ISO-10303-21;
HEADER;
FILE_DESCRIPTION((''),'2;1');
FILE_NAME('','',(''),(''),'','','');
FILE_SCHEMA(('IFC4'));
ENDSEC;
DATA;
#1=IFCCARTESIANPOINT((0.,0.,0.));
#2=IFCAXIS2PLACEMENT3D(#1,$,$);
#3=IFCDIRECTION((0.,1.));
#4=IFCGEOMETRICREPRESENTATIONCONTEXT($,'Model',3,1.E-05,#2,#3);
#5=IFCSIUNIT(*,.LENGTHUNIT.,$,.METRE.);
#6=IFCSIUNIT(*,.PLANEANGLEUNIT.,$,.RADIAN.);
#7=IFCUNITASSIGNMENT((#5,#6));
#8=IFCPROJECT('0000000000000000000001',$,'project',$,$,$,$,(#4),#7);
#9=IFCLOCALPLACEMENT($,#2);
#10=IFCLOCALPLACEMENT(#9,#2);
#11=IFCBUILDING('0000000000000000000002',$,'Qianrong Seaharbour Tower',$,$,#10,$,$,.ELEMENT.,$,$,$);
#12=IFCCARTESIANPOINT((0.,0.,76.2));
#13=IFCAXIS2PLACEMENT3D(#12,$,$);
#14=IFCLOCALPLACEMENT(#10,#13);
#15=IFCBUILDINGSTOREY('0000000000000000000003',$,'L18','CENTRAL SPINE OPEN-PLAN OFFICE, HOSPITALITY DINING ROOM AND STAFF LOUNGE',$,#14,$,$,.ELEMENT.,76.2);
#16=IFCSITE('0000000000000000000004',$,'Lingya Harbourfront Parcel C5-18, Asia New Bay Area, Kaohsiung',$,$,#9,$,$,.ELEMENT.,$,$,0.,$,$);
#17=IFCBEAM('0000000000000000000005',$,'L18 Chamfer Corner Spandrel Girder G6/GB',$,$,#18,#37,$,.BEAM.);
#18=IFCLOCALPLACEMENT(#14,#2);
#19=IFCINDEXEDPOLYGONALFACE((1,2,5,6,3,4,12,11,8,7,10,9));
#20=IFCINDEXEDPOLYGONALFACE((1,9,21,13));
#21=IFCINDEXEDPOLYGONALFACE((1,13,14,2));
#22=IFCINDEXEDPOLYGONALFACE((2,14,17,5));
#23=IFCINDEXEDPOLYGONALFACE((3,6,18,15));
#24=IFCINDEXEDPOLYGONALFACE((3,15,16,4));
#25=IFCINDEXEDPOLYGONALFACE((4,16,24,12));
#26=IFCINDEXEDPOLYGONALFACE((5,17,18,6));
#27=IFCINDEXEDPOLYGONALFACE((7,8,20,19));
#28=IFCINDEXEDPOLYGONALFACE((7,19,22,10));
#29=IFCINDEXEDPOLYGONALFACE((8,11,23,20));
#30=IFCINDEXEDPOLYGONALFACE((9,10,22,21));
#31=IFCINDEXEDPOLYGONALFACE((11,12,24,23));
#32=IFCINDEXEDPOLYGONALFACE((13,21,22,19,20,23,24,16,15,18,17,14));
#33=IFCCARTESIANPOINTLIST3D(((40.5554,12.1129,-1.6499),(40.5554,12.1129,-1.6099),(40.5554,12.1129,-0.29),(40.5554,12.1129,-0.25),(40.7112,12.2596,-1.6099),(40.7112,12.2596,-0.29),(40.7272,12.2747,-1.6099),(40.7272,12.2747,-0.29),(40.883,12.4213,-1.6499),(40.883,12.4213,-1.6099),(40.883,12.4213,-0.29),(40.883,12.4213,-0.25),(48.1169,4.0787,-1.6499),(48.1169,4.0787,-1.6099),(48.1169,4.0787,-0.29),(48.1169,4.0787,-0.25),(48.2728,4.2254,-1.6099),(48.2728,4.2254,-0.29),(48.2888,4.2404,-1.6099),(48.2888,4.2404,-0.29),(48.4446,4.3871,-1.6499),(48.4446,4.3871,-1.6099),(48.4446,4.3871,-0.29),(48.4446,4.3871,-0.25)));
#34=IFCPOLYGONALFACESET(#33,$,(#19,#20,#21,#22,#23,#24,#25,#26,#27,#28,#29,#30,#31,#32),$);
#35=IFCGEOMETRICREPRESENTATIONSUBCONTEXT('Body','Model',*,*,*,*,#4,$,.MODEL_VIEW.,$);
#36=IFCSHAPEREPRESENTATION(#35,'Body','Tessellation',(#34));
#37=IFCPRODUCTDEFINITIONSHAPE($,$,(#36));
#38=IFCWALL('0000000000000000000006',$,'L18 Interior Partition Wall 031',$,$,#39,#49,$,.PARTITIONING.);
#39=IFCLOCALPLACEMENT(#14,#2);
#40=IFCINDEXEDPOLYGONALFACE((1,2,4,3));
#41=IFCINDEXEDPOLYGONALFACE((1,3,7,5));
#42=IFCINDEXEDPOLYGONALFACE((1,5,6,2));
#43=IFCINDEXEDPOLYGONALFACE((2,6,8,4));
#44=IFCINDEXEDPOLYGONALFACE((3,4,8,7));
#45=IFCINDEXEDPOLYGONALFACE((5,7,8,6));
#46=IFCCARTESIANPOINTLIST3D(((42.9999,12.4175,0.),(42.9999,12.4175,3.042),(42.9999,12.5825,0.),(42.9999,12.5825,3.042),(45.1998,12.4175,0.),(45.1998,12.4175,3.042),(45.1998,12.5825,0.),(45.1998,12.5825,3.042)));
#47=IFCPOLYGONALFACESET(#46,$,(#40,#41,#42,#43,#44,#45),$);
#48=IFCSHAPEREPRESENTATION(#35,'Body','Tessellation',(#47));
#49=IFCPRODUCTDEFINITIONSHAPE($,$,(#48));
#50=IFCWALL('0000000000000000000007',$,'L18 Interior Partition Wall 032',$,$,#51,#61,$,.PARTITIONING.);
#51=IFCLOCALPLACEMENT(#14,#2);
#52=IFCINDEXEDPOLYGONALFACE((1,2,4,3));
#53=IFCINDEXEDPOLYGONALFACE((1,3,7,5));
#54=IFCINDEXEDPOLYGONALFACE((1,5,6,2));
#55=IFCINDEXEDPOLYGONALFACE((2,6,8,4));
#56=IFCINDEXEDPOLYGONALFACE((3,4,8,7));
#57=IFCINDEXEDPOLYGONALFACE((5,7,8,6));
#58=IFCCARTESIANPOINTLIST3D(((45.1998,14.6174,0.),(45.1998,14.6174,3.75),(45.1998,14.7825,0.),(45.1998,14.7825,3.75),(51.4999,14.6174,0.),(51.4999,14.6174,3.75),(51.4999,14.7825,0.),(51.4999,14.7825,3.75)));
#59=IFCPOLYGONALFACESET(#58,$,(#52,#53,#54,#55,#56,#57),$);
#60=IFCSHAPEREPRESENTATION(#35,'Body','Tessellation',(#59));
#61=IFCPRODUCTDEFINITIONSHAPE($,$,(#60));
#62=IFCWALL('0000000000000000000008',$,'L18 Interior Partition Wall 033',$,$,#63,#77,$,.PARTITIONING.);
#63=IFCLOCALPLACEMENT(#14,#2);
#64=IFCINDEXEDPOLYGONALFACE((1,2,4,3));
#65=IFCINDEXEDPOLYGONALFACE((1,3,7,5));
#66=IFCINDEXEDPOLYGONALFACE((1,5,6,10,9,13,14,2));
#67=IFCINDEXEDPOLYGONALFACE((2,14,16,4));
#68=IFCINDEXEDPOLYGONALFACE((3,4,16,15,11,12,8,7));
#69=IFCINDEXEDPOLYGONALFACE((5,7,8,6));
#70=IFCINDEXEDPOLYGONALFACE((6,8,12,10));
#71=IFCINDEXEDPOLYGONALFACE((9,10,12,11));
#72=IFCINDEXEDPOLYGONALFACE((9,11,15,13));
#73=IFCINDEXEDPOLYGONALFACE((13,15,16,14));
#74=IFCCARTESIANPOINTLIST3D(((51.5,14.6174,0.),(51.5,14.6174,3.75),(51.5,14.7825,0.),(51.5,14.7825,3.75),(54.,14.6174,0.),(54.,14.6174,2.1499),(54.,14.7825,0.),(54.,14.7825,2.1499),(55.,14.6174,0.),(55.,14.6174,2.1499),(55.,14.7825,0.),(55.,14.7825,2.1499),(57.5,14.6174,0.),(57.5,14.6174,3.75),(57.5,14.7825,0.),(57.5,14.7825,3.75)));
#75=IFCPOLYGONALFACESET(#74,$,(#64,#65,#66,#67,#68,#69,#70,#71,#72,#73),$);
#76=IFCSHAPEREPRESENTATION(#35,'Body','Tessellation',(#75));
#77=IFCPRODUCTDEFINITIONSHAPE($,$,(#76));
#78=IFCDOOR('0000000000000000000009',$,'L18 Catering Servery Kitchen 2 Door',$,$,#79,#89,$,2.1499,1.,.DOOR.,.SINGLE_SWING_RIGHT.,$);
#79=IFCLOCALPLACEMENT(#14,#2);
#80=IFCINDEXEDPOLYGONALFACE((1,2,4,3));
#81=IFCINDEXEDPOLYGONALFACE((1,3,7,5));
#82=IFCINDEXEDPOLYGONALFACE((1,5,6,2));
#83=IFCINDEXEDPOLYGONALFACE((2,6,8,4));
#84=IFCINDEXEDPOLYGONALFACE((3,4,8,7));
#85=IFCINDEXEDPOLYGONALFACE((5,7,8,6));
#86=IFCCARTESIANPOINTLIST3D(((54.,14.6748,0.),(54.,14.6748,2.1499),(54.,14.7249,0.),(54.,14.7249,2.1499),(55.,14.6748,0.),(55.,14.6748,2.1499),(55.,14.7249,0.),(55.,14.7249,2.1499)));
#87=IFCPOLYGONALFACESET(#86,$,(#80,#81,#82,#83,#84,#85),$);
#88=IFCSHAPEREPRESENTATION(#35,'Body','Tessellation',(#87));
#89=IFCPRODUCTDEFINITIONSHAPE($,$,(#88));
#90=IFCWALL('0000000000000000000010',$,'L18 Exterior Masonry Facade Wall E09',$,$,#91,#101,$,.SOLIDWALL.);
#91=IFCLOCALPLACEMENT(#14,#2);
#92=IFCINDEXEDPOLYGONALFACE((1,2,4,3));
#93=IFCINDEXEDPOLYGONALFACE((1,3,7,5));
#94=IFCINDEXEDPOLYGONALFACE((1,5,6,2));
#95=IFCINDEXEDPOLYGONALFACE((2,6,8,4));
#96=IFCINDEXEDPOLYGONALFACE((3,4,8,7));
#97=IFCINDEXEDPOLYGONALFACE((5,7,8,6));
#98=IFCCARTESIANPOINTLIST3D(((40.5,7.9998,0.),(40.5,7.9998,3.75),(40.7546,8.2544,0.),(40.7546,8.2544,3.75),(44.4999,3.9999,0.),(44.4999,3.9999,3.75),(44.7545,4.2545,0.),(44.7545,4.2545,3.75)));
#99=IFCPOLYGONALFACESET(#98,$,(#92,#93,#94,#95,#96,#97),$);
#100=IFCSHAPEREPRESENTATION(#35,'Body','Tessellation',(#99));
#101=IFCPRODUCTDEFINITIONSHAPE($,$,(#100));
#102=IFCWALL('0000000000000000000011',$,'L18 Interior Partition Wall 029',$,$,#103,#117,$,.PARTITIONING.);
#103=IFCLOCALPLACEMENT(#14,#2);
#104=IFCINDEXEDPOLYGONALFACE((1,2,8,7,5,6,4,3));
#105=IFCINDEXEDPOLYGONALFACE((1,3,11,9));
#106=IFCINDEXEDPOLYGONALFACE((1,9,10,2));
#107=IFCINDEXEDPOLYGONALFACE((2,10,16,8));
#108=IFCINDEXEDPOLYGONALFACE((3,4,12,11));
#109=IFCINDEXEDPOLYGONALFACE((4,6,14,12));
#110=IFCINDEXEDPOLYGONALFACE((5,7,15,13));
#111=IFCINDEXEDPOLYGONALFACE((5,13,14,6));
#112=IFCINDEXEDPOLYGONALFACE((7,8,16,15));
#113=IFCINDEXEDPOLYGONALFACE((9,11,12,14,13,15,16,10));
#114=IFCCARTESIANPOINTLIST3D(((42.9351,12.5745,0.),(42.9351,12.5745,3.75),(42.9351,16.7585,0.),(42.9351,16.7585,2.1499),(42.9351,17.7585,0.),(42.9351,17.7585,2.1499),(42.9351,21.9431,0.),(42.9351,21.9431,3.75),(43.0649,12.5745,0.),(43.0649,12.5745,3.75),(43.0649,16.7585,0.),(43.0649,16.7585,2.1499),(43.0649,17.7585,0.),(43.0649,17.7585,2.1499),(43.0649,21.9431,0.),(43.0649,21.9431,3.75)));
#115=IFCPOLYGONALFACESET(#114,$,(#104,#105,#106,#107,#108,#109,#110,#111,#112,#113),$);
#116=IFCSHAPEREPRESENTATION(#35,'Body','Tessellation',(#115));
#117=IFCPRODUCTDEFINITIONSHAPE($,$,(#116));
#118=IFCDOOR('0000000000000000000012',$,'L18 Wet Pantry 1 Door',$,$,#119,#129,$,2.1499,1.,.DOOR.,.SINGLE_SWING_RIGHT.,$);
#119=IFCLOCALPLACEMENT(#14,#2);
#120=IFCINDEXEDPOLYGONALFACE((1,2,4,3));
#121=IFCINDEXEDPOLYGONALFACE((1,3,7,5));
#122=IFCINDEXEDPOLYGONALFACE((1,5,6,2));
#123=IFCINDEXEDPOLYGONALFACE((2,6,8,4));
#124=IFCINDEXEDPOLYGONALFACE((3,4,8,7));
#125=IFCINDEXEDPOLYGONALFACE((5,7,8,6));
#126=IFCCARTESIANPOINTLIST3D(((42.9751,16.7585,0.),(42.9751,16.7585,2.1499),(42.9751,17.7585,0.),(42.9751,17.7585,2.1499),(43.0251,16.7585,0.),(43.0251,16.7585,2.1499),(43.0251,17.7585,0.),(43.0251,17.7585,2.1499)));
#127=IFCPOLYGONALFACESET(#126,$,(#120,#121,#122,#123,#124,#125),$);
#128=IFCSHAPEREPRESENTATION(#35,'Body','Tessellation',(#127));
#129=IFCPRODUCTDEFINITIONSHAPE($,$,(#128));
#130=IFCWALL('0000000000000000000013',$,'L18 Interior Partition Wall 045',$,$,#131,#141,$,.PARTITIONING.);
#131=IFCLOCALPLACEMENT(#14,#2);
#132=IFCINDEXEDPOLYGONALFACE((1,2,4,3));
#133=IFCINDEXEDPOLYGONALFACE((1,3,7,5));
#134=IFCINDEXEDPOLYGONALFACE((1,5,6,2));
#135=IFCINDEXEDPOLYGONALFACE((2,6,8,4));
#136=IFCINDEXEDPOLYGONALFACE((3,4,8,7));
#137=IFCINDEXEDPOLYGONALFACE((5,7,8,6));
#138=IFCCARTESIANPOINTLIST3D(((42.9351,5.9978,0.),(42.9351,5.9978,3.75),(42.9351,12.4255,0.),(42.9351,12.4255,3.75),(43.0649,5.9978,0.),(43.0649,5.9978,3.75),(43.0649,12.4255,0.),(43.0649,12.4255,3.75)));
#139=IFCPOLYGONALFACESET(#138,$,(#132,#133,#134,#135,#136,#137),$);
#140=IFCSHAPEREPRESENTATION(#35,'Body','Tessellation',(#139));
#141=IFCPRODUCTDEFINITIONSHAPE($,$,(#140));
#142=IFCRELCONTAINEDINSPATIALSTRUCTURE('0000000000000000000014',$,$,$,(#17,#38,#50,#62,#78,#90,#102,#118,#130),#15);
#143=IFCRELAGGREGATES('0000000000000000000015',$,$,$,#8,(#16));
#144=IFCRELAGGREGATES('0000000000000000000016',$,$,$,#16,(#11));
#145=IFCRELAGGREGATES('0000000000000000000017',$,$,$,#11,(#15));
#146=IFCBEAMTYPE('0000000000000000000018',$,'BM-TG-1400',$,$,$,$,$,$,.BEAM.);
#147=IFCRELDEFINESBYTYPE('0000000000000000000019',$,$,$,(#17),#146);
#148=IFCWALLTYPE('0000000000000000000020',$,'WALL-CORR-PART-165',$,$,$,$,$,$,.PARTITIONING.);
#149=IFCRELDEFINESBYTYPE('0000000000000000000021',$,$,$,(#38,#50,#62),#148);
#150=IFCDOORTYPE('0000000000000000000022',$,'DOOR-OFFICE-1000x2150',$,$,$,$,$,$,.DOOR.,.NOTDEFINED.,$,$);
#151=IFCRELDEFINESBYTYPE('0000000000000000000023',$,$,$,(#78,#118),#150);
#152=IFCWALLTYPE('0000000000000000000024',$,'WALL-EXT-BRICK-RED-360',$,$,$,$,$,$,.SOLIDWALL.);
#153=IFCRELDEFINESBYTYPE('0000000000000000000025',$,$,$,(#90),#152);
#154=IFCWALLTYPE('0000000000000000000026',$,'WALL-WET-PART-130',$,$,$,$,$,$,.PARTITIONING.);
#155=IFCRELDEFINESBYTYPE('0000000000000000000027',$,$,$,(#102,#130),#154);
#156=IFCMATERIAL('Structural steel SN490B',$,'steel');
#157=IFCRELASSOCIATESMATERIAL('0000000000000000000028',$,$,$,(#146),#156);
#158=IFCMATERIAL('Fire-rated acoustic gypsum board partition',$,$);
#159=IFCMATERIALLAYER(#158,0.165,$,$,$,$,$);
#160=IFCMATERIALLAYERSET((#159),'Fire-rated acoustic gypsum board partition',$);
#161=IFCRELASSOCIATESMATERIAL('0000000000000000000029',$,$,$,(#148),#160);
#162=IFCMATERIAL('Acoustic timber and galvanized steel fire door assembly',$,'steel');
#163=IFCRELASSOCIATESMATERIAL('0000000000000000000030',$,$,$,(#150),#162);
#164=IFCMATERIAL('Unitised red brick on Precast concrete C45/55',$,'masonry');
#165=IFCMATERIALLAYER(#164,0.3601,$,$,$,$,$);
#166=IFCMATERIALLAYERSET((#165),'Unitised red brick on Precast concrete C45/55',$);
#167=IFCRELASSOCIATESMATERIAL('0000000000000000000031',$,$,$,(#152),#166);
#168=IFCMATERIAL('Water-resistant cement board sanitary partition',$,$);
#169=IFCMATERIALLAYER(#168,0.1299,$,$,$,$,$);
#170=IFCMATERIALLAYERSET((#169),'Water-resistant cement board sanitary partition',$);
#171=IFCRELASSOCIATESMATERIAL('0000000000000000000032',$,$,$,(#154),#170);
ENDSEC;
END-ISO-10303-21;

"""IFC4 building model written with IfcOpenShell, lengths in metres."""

from ifc_helpers import new_model, si_unit, direction, frame, frame_2d, origin, origin_2d, place, context, subcontext, project, spatial, rectangle, i_section, extrude, material, layer, layer_set, material_profile, profile_set, type_object, element, fill, save


model = new_model("IFC4")

# Units and contexts
model_context = context("Model", 3, precision=1e-05, world=origin(), true_north=direction((0.0, 1.0)))
body_context = subcontext(model_context, "Body", "Model", "MODEL_VIEW")
ifc_project = project(units=[si_unit("LENGTHUNIT", "METRE"), si_unit("PLANEANGLEUNIT", "RADIAN")], contexts=[model_context])

# Site, building, storey
site_placement = place(None, origin())
site = spatial("IfcSite", under=ifc_project, at=site_placement, Name="Lingya Harbourfront Parcel C5-18, Asia New Bay Area, Kaohsiung", CompositionType="ELEMENT", RefElevation=0.0)
building_placement = place(site_placement, origin())
building = spatial("IfcBuilding", under=site, at=building_placement, Name="Qianrong Seaharbour Tower", CompositionType="ELEMENT")
storey_placement = place(building_placement, frame((0.0, 0.0, 76.2)))
storey = spatial("IfcBuildingStorey", under=building, at=storey_placement, Name="L18", Description="CENTRAL SPINE OPEN-PLAN OFFICE, HOSPITALITY DINING ROOM AND STAFF LOUNGE", CompositionType="ELEMENT", Elevation=76.2)

# Shared definitions
ifc_material_1 = material(Name="Structural steel SN490B", Category="steel")

# Beam
ifc_material_profile_1 = material_profile(ifc_material_1, i_section(OverallWidth=0.45, OverallDepth=1.3999, WebThickness=0.022, FlangeThickness=0.04, at=origin_2d()), Name="BH1400x450x22x40")
ifc_profile_set_1 = profile_set([ifc_material_profile_1], Name="Structural steel SN490B")
beam_type_1 = type_object("IfcBeamType", Name="BM-TG-1400", PredefinedType="BEAM", material=ifc_profile_set_1)
beam_1_placement = place(storey_placement, frame((48.2808, 4.2329, -0.95), z_axis=(-0.685362, 0.728203, 0.0), x_axis=(-0.728203, -0.685362, 0.0)))
element("IfcBeam", 1, at=beam_1_placement, inside=storey, type_object=beam_type_1, Name="L18 Chamfer Corner Spandrel Girder G6/GB", PredefinedType="BEAM", context=body_context, shape_type="SweptSolid", body=[
    extrude(i_section(OverallWidth=0.45, OverallDepth=1.3999, WebThickness=0.022, FlangeThickness=0.04, at=origin_2d()), origin(), (0.0, 0.0, 1.0), 11.033),
])

# Walls
ifc_material_2 = material(Name="Fire-rated acoustic gypsum board partition")
ifc_layer_1 = layer(ifc_material_2, 0.165)
ifc_layer_set_1 = layer_set([ifc_layer_1], Name="Fire-rated acoustic gypsum board partition")
wall_type_1 = type_object("IfcWallType", Name="WALL-CORR-PART-165", PredefinedType="PARTITIONING", material=ifc_layer_set_1)
wall_1_placement = place(storey_placement, frame((45.2, 12.5, 0.0), z_axis=(0.0, 0.0, 1.0), x_axis=(-1.0, 0.0, 0.0)))
element("IfcWall", 2, at=wall_1_placement, inside=storey, type_object=wall_type_1, Name="L18 Interior Partition Wall 031", PredefinedType="PARTITIONING", context=body_context, shape_type="SweptSolid", body=[
    extrude(rectangle(XDim=2.2, YDim=0.165, at=frame_2d((1.1001, 0.0))), origin(), (0.0, 0.0, 1.0), 3.042),
])
wall_2_placement = place(storey_placement, frame((45.2, 14.7, 0.0), z_axis=(0.0, 0.0, 1.0), x_axis=(1.0, 0.0, 0.0)))
element("IfcWall", 3, at=wall_2_placement, inside=storey, type_object=wall_type_1, Name="L18 Interior Partition Wall 032", PredefinedType="PARTITIONING", context=body_context, shape_type="SweptSolid", body=[
    extrude(rectangle(XDim=6.3, YDim=0.165, at=frame_2d((3.1499, 0.0))), origin(), (0.0, 0.0, 1.0), 3.75),
])

# Wall, opening, door
wall_3_placement = place(storey_placement, frame((51.5, 14.7, 0.0), z_axis=(0.0, 0.0, 1.0), x_axis=(1.0, 0.0, 0.0)))
wall_3 = element("IfcWall", 4, at=wall_3_placement, inside=storey, type_object=wall_type_1, Name="L18 Interior Partition Wall 033", PredefinedType="PARTITIONING", context=body_context, shape_type="SweptSolid", body=[
    extrude(rectangle(XDim=6.0, YDim=0.165, at=frame_2d((3.0, 0.0))), origin(), (0.0, 0.0, 1.0), 3.75),
])
opening_1_placement = place(wall_3_placement, frame((2.5, 0.0, 0.0)))
opening_1 = element("IfcOpeningElement", 5, at=opening_1_placement, cuts=wall_3, PredefinedType="OPENING", context=body_context, shape_type="SweptSolid", body=[
    extrude(rectangle(XDim=1.0, YDim=2.1499, at=frame_2d((0.5, 1.075))), frame((0.0, 0.0925, 0.0), z_axis=(0.0, -1.0, 0.0), x_axis=(1.0, 0.0, 0.0)), (0.0, 0.0, 1.0), 0.1851),
])
ifc_material_3 = material(Name="Acoustic timber and galvanized steel fire door assembly", Category="steel")
door_type = type_object("IfcDoorType", Name="DOOR-OFFICE-1000x2150", OperationType="NOTDEFINED", PredefinedType="DOOR", material=ifc_material_3)
door_1_placement = place(opening_1_placement, origin())
door_1 = element("IfcDoor", 6, at=door_1_placement, inside=storey, type_object=door_type, Name="L18 Catering Servery Kitchen 2 Door", OperationType="SINGLE_SWING_RIGHT", OverallHeight=2.1499, OverallWidth=1.0, PredefinedType="DOOR", context=body_context, shape_type="SweptSolid", body=[
    extrude(rectangle(XDim=1.0, YDim=2.1499, at=frame_2d((0.5, 1.075))), frame((0.0, 0.0249, 0.0), z_axis=(0.0, -1.0, 0.0), x_axis=(1.0, 0.0, 0.0)), (0.0, 0.0, 1.0), 0.05),
])
fill(opening_1, door_1)

# Wall
ifc_material_4 = material(Name="Unitised red brick on Precast concrete C45/55", Category="masonry")
ifc_layer_2 = layer(ifc_material_4, 0.3601)
ifc_layer_set_2 = layer_set([ifc_layer_2], Name="Unitised red brick on Precast concrete C45/55")
wall_type_2 = type_object("IfcWallType", Name="WALL-EXT-BRICK-RED-360", PredefinedType="SOLIDWALL", material=ifc_layer_set_2)
wall_4_placement = place(storey_placement, frame((44.6272, 4.1272, 0.0), z_axis=(0.0, 0.0, 1.0), x_axis=(-0.707107, 0.707107, 0.0)))
element("IfcWall", 7, at=wall_4_placement, inside=storey, type_object=wall_type_2, Name="L18 Exterior Masonry Facade Wall E09", PredefinedType="SOLIDWALL", context=body_context, shape_type="SweptSolid", body=[
    extrude(rectangle(XDim=5.6567, YDim=0.3601, at=frame_2d((2.8284, 0.0))), origin(), (0.0, 0.0, 1.0), 3.75),
])

# Wall, opening, door
ifc_material_5 = material(Name="Water-resistant cement board sanitary partition")
ifc_layer_3 = layer(ifc_material_5, 0.1299)
ifc_layer_set_3 = layer_set([ifc_layer_3], Name="Water-resistant cement board sanitary partition")
wall_type_3 = type_object("IfcWallType", Name="WALL-WET-PART-130", PredefinedType="PARTITIONING", material=ifc_layer_set_3)
wall_5_placement = place(storey_placement, frame((43.0, 12.5745, 0.0), z_axis=(0.0, 0.0, 1.0), x_axis=(0.0, 1.0, 0.0)))
wall_5 = element("IfcWall", 8, at=wall_5_placement, inside=storey, type_object=wall_type_3, Name="L18 Interior Partition Wall 029", PredefinedType="PARTITIONING", context=body_context, shape_type="SweptSolid", body=[
    extrude(rectangle(XDim=9.3687, YDim=0.1299, at=frame_2d((4.6843, 0.0))), origin(), (0.0, 0.0, 1.0), 3.75),
])
opening_2_placement = place(wall_5_placement, frame((4.1841, 0.0, 0.0)))
opening_2 = element("IfcOpeningElement", 9, at=opening_2_placement, cuts=wall_5, PredefinedType="OPENING", context=body_context, shape_type="SweptSolid", body=[
    extrude(rectangle(XDim=1.0, YDim=2.1499, at=frame_2d((0.5, 1.075))), frame((0.0, 0.075, 0.0), z_axis=(0.0, -1.0, 0.0), x_axis=(1.0, 0.0, 0.0)), (0.0, 0.0, 1.0), 0.1499),
])
door_2_placement = place(opening_2_placement, origin())
door_2 = element("IfcDoor", 10, at=door_2_placement, inside=storey, type_object=door_type, Name="L18 Wet Pantry 1 Door", OperationType="SINGLE_SWING_RIGHT", OverallHeight=2.1499, OverallWidth=1.0, PredefinedType="DOOR", context=body_context, shape_type="SweptSolid", body=[
    extrude(rectangle(XDim=1.0, YDim=2.1499, at=frame_2d((0.5, 1.075))), frame((0.0, 0.0249, 0.0), z_axis=(0.0, -1.0, 0.0), x_axis=(1.0, 0.0, 0.0)), (0.0, 0.0, 1.0), 0.05),
])
fill(opening_2, door_2)

# Wall
wall_6_placement = place(storey_placement, frame((43.0, 12.4255, 0.0), z_axis=(0.0, 0.0, 1.0), x_axis=(0.0, -1.0, 0.0)))
element("IfcWall", 11, at=wall_6_placement, inside=storey, type_object=wall_type_3, Name="L18 Interior Partition Wall 045", PredefinedType="PARTITIONING", context=body_context, shape_type="SweptSolid", body=[
    extrude(rectangle(XDim=6.4277, YDim=0.1299, at=frame_2d((3.2139, 0.0))), origin(), (0.0, 0.0, 1.0), 3.75),
])

save(model, "model.ifc")
